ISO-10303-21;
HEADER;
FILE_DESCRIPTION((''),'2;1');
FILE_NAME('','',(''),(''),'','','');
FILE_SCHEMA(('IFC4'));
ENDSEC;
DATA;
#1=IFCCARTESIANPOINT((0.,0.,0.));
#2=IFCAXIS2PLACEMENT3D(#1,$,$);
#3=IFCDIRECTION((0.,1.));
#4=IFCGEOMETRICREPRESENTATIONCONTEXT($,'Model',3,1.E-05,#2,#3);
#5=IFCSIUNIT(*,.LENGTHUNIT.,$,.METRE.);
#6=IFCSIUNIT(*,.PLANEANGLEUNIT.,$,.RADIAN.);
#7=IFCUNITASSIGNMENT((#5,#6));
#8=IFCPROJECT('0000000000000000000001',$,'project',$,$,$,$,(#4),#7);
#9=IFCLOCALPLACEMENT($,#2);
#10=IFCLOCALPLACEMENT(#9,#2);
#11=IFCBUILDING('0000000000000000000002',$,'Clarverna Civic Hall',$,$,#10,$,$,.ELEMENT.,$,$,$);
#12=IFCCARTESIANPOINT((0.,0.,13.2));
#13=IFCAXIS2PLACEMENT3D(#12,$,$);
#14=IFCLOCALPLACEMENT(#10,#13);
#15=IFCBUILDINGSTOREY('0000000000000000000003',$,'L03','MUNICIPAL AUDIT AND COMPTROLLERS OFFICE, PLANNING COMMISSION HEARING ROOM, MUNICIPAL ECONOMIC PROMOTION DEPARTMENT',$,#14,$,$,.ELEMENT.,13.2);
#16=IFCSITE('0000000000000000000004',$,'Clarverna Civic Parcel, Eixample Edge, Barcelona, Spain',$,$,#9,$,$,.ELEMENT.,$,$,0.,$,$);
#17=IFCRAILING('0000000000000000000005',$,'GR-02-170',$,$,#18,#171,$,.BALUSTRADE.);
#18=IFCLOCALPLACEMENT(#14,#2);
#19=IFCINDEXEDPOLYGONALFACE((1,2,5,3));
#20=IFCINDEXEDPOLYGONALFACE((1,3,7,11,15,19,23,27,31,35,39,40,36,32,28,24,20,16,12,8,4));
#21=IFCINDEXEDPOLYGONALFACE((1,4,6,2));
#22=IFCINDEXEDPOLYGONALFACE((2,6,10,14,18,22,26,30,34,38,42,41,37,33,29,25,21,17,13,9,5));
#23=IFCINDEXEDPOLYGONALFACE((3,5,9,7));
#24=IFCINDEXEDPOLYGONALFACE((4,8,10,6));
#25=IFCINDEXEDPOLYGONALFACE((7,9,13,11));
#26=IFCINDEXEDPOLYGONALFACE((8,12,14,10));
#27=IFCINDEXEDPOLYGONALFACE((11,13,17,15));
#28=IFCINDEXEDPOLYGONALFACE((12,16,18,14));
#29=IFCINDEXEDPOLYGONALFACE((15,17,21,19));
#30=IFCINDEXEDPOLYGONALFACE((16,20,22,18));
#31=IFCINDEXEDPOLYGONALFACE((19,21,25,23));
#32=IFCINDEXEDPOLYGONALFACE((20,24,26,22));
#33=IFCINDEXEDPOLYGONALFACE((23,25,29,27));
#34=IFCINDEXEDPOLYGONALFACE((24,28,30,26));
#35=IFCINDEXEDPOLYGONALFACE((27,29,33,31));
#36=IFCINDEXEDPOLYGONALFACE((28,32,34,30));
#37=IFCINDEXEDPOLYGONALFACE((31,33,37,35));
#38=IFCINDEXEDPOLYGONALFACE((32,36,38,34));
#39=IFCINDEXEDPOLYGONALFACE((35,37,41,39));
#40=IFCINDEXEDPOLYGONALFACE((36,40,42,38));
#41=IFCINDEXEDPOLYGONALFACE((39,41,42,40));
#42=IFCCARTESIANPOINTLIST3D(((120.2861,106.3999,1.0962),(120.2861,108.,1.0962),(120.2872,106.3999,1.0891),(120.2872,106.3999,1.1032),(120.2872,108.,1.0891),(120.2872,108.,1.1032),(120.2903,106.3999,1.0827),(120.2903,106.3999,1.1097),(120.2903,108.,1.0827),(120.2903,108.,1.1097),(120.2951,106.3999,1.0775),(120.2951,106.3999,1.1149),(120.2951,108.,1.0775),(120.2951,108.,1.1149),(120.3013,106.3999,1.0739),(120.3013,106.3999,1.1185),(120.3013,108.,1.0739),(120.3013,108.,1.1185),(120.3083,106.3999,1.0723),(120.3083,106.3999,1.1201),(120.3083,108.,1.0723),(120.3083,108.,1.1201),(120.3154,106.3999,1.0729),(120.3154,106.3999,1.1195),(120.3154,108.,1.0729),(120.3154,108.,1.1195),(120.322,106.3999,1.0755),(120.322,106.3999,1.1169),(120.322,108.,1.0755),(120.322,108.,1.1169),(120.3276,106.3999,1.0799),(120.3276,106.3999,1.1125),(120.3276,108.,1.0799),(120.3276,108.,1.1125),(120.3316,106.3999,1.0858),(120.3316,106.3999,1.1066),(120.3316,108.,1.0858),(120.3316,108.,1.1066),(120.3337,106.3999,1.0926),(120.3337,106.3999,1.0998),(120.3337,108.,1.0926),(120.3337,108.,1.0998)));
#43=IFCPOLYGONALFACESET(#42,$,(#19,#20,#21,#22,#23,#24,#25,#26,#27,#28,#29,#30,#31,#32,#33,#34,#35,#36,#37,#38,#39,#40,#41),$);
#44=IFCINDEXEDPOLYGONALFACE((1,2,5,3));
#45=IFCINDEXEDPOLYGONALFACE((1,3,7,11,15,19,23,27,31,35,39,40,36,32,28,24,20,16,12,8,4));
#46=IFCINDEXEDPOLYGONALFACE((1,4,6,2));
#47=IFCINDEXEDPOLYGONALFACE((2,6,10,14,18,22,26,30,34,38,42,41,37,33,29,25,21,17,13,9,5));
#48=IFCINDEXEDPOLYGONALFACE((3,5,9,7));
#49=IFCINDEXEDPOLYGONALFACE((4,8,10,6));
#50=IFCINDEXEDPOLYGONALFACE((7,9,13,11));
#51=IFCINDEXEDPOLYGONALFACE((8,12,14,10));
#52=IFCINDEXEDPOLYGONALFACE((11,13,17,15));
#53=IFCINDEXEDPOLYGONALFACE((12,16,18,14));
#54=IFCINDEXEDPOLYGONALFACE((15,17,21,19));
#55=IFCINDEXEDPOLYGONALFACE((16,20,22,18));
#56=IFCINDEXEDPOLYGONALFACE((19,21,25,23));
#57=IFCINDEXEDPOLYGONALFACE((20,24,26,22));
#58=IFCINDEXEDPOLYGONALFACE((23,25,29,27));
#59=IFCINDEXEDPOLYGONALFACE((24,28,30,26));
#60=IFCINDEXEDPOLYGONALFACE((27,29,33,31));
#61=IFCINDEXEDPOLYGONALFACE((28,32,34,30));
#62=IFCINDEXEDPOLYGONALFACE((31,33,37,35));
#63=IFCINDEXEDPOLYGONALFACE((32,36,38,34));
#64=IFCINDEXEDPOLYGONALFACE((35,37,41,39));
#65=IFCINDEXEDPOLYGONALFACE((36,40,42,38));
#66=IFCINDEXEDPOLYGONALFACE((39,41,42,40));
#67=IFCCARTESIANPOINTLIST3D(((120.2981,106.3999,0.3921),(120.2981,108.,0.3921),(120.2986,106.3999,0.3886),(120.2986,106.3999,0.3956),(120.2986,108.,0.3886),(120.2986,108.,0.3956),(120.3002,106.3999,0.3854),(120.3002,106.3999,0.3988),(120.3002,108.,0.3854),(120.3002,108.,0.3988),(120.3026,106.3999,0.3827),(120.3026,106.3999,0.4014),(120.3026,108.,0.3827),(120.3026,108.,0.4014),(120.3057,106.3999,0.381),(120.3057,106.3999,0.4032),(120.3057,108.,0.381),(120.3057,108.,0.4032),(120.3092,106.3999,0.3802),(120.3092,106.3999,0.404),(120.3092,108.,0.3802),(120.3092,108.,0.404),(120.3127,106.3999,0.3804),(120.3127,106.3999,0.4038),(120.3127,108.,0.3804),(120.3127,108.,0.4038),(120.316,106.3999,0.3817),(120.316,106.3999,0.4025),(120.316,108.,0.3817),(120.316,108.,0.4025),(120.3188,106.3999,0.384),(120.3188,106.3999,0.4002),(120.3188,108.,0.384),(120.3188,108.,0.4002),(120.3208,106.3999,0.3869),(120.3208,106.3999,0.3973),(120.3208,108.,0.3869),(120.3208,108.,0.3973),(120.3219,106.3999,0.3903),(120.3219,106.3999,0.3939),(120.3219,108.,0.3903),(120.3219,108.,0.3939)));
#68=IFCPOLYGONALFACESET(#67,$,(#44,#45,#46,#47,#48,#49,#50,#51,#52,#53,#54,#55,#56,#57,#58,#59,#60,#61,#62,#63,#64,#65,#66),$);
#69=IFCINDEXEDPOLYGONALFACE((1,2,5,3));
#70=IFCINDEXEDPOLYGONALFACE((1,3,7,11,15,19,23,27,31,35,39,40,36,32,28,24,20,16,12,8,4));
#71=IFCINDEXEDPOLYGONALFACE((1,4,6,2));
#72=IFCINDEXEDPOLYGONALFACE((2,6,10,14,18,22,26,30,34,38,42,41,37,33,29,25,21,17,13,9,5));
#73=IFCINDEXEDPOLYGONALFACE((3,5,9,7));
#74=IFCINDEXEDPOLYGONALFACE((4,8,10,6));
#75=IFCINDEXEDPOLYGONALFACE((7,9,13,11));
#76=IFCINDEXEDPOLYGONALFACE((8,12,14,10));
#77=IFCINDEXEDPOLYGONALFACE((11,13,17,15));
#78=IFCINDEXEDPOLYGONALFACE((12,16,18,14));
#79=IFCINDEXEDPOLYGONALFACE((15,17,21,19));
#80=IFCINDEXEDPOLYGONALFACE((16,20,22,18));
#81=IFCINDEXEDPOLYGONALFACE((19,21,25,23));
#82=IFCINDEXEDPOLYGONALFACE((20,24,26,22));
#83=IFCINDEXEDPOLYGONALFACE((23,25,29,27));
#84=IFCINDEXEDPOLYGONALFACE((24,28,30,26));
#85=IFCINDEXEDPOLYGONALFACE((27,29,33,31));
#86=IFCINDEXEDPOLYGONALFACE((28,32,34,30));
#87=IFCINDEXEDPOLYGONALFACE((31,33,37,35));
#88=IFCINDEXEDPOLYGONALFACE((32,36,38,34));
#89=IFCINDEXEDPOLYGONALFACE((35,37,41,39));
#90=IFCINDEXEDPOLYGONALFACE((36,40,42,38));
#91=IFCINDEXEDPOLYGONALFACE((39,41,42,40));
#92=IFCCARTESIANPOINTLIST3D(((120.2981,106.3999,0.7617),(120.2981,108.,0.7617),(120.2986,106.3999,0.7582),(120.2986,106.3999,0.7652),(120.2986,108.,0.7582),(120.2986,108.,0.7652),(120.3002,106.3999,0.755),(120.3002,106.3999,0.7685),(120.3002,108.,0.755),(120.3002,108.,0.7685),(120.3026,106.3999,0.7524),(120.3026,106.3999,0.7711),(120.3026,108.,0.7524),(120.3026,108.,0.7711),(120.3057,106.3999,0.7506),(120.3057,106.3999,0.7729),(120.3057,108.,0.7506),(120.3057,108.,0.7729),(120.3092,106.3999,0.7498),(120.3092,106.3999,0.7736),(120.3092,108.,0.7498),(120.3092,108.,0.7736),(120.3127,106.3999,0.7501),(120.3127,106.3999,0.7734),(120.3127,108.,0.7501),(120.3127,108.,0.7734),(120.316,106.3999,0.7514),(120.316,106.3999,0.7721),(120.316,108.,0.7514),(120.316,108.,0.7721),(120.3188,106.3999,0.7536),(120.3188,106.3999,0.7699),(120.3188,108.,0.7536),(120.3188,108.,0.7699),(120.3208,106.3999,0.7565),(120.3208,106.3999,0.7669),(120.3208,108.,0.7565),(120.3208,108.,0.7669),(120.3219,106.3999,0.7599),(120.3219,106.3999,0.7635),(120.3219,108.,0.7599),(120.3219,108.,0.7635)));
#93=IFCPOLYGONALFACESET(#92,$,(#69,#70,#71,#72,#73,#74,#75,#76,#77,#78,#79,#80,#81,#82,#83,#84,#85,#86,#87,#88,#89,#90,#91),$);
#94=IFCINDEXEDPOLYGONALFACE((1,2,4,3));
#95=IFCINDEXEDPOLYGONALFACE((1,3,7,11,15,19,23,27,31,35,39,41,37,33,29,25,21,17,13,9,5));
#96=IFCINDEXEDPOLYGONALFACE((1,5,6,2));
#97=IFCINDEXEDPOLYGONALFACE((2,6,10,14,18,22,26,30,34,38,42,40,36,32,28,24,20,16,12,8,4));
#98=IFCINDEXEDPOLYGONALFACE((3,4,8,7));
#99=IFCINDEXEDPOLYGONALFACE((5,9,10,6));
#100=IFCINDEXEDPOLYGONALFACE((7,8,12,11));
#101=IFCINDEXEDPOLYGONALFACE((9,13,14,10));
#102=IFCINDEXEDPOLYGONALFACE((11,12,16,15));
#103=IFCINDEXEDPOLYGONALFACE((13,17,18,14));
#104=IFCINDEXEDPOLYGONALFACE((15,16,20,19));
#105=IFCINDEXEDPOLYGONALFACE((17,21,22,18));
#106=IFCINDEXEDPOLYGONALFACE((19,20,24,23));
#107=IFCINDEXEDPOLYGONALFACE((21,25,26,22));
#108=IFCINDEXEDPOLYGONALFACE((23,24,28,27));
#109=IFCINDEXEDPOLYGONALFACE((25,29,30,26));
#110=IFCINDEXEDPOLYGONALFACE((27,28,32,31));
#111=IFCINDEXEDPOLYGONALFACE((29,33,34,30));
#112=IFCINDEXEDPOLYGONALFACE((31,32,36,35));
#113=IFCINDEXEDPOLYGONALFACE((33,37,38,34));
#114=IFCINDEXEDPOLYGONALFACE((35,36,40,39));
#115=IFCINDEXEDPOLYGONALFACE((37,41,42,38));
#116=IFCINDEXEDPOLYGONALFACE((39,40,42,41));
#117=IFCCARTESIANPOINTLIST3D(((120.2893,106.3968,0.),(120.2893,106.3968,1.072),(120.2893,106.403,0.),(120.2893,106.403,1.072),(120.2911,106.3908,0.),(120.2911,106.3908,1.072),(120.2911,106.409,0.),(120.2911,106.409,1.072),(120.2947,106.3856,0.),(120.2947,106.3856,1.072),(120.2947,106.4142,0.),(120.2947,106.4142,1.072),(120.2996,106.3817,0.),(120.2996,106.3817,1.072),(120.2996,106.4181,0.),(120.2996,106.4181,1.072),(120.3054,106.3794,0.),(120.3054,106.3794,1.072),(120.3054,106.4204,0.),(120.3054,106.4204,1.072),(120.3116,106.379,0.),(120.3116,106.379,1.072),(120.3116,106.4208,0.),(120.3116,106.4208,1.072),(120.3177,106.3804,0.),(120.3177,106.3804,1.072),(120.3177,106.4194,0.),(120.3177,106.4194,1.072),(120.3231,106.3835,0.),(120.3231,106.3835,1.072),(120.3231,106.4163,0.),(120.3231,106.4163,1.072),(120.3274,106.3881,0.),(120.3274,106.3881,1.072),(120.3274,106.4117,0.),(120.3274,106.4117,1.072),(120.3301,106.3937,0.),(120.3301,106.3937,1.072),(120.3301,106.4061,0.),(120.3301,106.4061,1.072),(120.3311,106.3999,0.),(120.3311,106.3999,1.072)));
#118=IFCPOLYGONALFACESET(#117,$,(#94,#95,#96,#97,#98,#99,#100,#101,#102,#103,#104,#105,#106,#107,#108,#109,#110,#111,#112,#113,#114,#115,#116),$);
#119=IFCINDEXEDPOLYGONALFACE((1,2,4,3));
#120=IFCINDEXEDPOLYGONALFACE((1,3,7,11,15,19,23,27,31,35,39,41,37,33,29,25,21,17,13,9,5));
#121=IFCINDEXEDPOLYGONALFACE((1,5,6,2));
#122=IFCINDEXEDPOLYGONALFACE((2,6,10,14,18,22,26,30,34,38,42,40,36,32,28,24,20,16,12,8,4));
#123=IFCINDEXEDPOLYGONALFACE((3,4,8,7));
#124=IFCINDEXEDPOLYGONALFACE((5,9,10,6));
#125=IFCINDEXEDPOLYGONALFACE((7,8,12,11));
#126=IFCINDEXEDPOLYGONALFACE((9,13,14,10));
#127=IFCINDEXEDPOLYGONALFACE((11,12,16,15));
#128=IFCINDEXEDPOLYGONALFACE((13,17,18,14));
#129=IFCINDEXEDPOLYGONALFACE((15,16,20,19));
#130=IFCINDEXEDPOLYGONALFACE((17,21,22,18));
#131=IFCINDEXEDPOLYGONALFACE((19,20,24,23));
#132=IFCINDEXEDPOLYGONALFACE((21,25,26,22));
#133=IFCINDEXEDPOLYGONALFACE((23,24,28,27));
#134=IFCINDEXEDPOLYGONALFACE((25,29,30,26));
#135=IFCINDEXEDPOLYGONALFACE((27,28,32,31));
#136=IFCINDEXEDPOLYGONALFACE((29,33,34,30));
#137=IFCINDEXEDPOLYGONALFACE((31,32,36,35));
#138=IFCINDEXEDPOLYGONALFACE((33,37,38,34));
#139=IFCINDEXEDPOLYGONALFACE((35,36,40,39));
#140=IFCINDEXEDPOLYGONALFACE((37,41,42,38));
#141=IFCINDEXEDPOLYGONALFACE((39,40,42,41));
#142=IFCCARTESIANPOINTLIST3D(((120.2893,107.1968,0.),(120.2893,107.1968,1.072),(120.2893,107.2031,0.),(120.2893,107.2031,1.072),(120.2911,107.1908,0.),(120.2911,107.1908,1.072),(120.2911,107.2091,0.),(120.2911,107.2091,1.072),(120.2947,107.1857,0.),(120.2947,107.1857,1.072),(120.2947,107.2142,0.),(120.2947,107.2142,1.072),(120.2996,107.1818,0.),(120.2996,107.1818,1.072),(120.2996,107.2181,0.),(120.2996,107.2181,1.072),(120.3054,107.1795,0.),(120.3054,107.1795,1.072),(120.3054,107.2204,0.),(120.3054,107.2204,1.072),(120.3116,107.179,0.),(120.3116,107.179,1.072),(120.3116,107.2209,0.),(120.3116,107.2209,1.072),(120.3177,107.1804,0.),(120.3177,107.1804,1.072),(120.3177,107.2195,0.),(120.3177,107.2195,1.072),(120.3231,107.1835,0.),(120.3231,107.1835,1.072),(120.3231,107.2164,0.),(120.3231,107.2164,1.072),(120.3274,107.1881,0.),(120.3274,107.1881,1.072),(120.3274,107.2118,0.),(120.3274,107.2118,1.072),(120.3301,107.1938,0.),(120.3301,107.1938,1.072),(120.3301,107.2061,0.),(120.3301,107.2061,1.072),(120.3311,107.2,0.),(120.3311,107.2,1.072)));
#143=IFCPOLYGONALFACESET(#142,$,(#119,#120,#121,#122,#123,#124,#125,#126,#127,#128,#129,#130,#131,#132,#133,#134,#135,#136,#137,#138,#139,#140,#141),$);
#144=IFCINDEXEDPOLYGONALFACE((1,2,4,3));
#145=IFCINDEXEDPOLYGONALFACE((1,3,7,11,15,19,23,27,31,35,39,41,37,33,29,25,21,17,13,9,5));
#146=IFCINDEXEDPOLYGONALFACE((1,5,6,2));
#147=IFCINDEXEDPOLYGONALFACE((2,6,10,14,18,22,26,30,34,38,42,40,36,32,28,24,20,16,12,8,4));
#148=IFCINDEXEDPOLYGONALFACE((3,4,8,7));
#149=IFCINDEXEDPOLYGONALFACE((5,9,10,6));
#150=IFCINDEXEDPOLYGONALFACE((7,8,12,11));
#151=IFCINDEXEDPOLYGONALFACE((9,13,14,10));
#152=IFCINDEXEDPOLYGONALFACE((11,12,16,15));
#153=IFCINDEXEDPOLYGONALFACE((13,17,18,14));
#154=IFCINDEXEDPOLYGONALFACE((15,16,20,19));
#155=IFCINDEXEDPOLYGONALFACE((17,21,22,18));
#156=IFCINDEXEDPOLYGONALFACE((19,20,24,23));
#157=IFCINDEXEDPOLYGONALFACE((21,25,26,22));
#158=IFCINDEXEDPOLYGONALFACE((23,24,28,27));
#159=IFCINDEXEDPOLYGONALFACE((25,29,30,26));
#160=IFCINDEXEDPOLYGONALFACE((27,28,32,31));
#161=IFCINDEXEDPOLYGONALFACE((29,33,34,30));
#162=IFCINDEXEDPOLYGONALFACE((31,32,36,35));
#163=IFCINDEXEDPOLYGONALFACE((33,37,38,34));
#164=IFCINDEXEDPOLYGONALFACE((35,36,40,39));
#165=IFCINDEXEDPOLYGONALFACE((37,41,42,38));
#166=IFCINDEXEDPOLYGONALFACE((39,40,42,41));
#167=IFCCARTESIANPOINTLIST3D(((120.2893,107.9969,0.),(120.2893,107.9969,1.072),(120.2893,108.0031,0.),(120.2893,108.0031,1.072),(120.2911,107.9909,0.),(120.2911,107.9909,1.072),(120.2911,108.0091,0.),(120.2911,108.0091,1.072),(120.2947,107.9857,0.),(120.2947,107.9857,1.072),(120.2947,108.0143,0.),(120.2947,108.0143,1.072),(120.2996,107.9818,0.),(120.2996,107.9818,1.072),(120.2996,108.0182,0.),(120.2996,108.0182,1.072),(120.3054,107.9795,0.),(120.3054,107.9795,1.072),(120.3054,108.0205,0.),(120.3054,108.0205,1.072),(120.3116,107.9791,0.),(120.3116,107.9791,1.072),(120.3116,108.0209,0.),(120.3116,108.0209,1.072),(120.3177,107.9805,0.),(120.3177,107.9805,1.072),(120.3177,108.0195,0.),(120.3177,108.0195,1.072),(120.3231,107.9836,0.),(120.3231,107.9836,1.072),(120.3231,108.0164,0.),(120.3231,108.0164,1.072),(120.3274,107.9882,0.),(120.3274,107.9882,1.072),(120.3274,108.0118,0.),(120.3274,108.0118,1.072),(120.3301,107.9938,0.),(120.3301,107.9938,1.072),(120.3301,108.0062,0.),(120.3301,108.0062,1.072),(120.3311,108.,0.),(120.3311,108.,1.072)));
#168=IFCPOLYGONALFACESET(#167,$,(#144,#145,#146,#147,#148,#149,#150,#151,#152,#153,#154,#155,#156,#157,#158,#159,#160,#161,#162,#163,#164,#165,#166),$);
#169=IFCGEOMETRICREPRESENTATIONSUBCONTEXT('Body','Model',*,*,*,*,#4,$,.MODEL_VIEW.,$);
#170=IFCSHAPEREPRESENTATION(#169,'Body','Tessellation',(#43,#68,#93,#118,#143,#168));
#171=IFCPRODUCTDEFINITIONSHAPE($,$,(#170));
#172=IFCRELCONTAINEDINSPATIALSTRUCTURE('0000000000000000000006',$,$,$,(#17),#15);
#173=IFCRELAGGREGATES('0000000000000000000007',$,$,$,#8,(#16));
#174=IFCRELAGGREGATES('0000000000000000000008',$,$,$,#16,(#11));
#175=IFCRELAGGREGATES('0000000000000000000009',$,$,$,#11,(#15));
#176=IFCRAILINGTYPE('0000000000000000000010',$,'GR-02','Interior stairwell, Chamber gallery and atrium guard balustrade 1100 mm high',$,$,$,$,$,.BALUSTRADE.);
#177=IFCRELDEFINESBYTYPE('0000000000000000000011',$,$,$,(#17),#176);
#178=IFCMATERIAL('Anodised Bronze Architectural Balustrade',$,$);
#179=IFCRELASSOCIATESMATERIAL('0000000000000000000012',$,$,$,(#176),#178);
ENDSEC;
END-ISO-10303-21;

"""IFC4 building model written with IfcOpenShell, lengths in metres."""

from ifc_helpers import new_model, si_unit, direction, frame, origin, origin_2d, place, context, subcontext, project, spatial, circle, extrude, material, type_object, element, save


model = new_model("IFC4")

# Units and contexts
model_context = context("Model", 3, precision=1e-05, world=origin(), true_north=direction((0.0, 1.0)))
body_context = subcontext(model_context, "Body", "Model", "MODEL_VIEW")
ifc_project = project(units=[si_unit("LENGTHUNIT", "METRE"), si_unit("PLANEANGLEUNIT", "RADIAN")], contexts=[model_context])

# Site, building, storey
site_placement = place(None, origin())
site = spatial("IfcSite", under=ifc_project, at=site_placement, Name="Clarverna Civic Parcel, Eixample Edge, Barcelona, Spain", CompositionType="ELEMENT", RefElevation=0.0)
building_placement = place(site_placement, origin())
building = spatial("IfcBuilding", under=site, at=building_placement, Name="Clarverna Civic Hall", CompositionType="ELEMENT")
storey_placement = place(building_placement, frame((0.0, 0.0, 13.2)))
storey = spatial("IfcBuildingStorey", under=building, at=storey_placement, Name="L03", Description="MUNICIPAL AUDIT AND COMPTROLLERS OFFICE, PLANNING COMMISSION HEARING ROOM, MUNICIPAL ECONOMIC PROMOTION DEPARTMENT", CompositionType="ELEMENT", Elevation=13.2)

# Railing
ifc_material_1 = material(Name="Anodised Bronze Architectural Balustrade")
railing_type_1 = type_object("IfcRailingType", Name="GR-02", Description="Interior stairwell, Chamber gallery and atrium guard balustrade 1100 mm high", PredefinedType="BALUSTRADE", material=ifc_material_1)
railing_1_placement = place(storey_placement, frame((120.3101, 106.3999, 0.0)))
element("IfcRailing", 1, at=railing_1_placement, inside=storey, type_object=railing_type_1, Name="GR-02-170", PredefinedType="BALUSTRADE", context=body_context, shape_type="SweptSolid", body=[
    extrude(circle(Radius=0.0239, at=origin_2d()), frame((0.0, 0.0, 1.0962), z_axis=(0.0, 1.0, 0.0), x_axis=(-1.0, 0.0, 0.0)), (0.0, 0.0, 1.0), 1.6001),
    extrude(circle(Radius=0.012, at=origin_2d()), frame((0.0, 0.0, 0.3921), z_axis=(0.0, 1.0, 0.0), x_axis=(-1.0, 0.0, 0.0)), (0.0, 0.0, 1.0), 1.6001),
    extrude(circle(Radius=0.012, at=origin_2d()), frame((0.0, 0.0, 0.7617), z_axis=(0.0, 1.0, 0.0), x_axis=(-1.0, 0.0, 0.0)), (0.0, 0.0, 1.0), 1.6001),
    extrude(circle(Radius=0.021, at=origin_2d()), origin(), (0.0, 0.0, 1.0), 1.072),
    extrude(circle(Radius=0.021, at=origin_2d()), frame((0.0, 0.8, 0.0)), (0.0, 0.0, 1.0), 1.072),
    extrude(circle(Radius=0.021, at=origin_2d()), frame((0.0, 1.6001, 0.0)), (0.0, 0.0, 1.0), 1.072),
])

save(model, "model.ifc")
